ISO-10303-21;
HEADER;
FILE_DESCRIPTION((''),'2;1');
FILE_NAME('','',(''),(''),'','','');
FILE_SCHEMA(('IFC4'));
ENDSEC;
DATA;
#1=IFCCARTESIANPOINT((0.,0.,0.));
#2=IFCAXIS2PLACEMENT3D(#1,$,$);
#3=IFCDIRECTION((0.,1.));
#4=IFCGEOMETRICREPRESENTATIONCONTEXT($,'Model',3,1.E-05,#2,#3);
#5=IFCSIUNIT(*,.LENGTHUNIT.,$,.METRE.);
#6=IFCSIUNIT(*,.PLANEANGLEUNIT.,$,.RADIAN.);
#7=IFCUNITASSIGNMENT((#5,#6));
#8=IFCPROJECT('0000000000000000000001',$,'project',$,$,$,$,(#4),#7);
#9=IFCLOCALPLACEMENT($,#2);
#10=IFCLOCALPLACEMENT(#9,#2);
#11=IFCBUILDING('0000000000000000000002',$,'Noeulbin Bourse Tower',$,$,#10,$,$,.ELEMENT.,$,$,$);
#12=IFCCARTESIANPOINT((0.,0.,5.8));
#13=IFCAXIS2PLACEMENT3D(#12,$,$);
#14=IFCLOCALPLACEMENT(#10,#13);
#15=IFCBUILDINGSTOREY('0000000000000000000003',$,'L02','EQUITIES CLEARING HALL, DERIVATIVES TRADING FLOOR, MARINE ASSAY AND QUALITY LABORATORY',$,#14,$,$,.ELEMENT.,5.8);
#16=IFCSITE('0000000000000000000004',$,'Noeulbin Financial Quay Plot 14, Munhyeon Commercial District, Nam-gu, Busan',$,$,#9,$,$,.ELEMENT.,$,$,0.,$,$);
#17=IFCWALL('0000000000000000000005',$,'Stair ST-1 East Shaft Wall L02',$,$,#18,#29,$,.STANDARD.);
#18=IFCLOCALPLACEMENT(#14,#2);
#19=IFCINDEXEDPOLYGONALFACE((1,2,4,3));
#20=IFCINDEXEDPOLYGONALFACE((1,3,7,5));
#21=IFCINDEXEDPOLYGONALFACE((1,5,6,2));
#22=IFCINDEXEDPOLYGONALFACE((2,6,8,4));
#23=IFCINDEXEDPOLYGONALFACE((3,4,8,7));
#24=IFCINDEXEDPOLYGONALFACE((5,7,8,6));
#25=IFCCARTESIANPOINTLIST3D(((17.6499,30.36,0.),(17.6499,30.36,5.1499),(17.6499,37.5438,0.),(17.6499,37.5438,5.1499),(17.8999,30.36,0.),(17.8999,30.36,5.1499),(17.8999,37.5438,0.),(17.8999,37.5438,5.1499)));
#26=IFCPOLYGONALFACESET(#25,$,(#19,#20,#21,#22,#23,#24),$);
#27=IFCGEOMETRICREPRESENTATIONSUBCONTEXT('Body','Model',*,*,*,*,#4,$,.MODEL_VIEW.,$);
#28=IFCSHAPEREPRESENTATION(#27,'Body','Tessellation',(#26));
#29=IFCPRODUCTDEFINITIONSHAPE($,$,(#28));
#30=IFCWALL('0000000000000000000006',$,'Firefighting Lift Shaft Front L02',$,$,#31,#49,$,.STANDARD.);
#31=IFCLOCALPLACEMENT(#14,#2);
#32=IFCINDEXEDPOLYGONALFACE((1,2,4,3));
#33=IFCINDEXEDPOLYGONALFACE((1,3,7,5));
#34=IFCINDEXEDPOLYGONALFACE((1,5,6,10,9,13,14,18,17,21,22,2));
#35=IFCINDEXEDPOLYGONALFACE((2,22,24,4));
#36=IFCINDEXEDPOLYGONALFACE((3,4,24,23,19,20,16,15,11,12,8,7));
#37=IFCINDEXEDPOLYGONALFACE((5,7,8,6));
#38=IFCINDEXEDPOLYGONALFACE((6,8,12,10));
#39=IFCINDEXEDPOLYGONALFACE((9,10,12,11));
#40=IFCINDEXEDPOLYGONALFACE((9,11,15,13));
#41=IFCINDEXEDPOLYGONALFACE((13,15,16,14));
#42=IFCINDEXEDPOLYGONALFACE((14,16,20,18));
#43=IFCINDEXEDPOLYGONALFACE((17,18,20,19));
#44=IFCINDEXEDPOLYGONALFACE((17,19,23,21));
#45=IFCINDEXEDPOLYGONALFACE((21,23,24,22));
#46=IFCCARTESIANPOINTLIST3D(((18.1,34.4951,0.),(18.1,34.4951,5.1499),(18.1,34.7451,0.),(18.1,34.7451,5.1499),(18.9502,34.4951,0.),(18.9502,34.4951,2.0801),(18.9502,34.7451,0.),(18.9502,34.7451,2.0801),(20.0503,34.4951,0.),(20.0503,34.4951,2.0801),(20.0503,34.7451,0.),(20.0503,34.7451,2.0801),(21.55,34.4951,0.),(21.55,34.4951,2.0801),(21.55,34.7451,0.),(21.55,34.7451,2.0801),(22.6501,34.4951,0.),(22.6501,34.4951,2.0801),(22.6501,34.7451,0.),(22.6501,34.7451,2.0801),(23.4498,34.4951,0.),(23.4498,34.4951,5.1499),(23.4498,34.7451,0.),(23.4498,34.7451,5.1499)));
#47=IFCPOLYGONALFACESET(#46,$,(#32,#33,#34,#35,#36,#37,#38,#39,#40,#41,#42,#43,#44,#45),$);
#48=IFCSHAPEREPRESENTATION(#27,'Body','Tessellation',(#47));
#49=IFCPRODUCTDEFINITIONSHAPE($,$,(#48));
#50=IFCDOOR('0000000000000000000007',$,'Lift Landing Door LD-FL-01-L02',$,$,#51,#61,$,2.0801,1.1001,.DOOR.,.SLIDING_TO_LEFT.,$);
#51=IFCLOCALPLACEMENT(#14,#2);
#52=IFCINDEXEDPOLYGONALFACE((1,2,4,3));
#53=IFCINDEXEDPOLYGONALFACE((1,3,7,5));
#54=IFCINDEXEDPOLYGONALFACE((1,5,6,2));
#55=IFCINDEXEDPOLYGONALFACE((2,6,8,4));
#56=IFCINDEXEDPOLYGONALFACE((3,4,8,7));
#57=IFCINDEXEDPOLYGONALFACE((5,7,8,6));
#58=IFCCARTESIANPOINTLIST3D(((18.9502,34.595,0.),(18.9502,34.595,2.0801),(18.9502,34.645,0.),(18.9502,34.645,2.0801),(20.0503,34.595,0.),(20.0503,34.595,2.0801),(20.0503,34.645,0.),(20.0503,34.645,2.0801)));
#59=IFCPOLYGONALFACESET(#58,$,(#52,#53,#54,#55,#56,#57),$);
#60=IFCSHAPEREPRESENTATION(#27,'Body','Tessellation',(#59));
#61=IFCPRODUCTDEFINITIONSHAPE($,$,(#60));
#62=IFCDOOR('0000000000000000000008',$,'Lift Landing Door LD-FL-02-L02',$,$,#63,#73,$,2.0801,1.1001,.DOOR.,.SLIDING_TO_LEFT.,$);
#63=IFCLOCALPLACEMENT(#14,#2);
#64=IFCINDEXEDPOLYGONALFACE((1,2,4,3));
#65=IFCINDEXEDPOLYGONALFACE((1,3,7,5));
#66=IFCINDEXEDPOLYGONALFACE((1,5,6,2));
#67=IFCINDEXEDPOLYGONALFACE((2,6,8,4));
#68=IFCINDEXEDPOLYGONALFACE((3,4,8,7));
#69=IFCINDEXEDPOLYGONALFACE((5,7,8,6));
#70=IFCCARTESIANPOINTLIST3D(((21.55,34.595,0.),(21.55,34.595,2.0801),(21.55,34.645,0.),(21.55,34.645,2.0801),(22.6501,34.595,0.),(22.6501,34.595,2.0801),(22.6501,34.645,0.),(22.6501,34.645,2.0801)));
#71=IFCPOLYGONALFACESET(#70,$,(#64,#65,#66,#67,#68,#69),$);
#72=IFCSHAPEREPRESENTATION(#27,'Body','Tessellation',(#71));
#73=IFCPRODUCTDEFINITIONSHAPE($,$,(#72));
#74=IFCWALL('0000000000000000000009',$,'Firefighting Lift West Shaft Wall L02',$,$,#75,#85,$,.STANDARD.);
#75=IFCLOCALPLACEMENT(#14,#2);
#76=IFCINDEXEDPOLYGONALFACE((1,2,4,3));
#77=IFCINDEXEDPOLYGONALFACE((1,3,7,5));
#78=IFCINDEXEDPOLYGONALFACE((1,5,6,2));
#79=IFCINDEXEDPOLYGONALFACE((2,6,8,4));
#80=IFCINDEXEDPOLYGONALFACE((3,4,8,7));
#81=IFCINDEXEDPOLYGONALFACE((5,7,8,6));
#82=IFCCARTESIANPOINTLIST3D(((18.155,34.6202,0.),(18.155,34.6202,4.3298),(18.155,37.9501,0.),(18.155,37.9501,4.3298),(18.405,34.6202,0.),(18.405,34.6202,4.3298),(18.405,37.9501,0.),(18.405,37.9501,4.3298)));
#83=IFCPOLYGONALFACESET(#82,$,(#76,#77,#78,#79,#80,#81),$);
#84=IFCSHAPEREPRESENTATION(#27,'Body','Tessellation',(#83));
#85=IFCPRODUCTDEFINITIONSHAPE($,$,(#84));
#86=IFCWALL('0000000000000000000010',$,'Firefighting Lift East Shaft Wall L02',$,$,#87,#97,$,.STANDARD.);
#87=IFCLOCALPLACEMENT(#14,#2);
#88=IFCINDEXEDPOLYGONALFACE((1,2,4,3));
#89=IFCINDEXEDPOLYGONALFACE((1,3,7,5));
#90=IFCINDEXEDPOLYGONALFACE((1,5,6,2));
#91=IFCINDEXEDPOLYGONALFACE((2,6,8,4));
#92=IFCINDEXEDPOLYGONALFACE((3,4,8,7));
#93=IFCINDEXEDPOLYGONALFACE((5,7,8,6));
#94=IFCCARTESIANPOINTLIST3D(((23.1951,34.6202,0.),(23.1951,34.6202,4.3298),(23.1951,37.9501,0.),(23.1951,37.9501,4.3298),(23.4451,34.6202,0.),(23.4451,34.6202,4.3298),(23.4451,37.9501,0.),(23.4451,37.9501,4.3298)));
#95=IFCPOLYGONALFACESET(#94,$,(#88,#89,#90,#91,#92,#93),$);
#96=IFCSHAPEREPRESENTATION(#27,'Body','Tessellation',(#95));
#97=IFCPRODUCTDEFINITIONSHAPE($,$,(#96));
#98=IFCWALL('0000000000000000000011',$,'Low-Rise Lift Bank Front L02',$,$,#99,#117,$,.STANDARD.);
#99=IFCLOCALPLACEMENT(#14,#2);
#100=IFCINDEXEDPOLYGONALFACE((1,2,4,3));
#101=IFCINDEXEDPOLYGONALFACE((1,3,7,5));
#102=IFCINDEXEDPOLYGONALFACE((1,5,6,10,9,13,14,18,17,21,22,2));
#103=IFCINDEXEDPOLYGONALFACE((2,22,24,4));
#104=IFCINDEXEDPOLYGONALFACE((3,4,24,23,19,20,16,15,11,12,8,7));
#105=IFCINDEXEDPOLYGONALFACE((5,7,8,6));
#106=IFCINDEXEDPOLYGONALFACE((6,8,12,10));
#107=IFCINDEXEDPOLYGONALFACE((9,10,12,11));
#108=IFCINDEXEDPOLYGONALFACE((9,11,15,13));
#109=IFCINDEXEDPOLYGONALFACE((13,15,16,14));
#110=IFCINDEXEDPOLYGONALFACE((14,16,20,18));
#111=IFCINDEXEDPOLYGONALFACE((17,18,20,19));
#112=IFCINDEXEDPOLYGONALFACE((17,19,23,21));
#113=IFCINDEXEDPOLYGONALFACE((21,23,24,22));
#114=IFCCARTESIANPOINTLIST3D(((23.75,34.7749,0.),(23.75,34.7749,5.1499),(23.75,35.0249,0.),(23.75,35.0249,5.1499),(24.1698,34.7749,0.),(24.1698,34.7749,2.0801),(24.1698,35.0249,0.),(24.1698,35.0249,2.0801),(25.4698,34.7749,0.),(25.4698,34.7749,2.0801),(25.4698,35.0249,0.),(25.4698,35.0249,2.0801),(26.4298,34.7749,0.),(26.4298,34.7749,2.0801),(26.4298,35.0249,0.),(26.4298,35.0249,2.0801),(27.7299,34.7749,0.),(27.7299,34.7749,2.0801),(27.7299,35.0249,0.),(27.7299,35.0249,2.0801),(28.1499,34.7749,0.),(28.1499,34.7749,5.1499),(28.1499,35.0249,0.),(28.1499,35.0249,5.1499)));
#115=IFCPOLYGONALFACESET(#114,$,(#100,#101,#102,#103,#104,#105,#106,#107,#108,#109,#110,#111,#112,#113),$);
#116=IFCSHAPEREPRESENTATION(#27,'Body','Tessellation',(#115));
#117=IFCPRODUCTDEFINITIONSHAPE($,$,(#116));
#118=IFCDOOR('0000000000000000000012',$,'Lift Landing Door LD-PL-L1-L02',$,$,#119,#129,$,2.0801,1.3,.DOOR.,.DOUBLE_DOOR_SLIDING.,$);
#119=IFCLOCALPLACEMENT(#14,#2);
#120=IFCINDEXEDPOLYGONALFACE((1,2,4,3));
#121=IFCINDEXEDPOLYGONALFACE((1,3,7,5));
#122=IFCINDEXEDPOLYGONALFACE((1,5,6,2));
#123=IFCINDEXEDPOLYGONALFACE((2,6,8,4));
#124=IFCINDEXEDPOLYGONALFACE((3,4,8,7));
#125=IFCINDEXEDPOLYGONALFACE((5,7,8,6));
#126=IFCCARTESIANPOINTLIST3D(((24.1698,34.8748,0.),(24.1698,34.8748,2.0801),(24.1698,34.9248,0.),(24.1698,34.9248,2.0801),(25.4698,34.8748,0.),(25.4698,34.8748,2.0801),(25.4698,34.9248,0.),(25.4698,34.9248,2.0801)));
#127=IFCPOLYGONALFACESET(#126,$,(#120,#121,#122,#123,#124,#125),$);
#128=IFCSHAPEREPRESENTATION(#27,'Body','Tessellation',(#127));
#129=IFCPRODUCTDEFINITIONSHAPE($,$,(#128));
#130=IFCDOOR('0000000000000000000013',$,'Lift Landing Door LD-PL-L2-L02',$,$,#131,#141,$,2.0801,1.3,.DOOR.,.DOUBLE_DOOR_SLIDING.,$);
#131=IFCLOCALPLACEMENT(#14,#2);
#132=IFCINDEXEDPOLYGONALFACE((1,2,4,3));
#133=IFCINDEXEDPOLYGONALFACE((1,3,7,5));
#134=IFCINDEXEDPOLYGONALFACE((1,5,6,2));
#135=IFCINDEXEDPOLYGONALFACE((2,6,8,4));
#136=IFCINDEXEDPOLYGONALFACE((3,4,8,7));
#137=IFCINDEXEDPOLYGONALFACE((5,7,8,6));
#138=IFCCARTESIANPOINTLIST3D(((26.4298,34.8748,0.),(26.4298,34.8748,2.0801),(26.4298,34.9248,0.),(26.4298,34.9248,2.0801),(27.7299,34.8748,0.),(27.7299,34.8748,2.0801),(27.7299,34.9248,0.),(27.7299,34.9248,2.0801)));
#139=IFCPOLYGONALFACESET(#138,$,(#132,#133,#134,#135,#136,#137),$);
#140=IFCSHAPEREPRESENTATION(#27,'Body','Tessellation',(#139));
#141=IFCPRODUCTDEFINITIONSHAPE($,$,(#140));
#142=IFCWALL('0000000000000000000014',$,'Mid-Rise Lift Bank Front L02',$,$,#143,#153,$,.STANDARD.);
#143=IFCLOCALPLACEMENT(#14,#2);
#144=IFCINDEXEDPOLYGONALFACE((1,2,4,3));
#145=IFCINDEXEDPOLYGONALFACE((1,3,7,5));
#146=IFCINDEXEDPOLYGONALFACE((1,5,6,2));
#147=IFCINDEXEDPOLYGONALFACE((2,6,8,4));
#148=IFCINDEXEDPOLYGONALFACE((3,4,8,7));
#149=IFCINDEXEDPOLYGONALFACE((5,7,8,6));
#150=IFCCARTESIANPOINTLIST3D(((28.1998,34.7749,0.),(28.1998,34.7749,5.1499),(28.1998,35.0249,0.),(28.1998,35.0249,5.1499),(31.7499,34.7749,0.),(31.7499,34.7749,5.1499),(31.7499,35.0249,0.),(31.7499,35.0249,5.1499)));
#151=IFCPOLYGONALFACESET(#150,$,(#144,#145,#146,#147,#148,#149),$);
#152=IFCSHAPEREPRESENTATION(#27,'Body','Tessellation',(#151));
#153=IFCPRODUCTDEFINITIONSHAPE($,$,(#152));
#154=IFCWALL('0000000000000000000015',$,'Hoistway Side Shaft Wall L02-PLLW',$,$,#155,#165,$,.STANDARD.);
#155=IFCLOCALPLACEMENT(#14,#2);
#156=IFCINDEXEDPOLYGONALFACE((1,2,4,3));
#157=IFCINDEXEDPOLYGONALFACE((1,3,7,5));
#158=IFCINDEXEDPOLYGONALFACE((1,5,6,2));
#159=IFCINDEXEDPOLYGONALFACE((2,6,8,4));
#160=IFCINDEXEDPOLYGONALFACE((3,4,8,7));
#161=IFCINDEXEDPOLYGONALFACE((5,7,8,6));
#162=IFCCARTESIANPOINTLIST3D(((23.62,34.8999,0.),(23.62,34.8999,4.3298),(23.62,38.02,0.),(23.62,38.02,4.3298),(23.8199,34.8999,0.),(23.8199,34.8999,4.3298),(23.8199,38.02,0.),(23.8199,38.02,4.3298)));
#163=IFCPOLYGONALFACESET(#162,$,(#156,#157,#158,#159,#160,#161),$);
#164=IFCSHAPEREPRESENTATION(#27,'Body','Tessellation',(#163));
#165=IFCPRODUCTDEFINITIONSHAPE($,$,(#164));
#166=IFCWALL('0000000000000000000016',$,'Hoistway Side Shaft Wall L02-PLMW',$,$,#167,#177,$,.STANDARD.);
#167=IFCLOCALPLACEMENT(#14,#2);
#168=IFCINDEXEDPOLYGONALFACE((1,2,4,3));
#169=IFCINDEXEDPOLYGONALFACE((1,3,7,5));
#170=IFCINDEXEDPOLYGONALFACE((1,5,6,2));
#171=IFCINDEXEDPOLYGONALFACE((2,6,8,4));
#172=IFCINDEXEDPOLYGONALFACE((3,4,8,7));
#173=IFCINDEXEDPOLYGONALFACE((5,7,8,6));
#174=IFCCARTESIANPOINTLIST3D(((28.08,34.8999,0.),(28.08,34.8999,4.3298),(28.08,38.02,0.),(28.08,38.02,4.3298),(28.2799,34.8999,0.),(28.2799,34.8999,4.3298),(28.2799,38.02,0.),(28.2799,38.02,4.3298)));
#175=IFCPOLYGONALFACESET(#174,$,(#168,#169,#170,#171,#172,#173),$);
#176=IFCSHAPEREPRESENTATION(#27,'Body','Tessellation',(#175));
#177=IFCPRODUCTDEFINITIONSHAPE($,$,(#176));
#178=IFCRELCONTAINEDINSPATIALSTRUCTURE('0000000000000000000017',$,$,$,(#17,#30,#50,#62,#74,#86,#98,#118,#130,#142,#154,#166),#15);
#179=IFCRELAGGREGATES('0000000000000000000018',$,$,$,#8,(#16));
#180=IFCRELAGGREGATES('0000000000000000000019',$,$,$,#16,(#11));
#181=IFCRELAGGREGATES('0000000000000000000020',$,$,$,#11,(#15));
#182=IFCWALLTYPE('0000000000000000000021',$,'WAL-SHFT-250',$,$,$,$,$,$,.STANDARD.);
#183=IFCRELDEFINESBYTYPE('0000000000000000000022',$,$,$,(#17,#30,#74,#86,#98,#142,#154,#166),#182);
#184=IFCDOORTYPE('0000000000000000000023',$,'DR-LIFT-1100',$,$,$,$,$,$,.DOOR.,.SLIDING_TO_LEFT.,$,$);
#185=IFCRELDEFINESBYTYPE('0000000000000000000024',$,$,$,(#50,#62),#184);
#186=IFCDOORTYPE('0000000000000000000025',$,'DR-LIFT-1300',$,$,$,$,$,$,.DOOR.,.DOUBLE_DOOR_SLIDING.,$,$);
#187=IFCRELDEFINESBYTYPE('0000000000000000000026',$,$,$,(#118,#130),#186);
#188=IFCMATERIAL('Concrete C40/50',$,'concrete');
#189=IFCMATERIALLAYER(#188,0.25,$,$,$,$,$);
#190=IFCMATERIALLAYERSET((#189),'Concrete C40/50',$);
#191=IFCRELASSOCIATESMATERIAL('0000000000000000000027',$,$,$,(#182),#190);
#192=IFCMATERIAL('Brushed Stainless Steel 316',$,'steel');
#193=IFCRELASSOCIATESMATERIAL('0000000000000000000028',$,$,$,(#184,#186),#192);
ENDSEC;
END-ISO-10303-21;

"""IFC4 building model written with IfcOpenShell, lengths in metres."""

from ifc_helpers import new_model, si_unit, direction, frame, frame_2d, origin, place, context, subcontext, project, spatial, rectangle, extrude, material, layer, layer_set, type_object, element, fill, save


model = new_model("IFC4")

# Units and contexts
model_context = context("Model", 3, precision=1e-05, world=origin(), true_north=direction((0.0, 1.0)))
body_context = subcontext(model_context, "Body", "Model", "MODEL_VIEW")
ifc_project = project(units=[si_unit("LENGTHUNIT", "METRE"), si_unit("PLANEANGLEUNIT", "RADIAN")], contexts=[model_context])

# Site, building, storey
site_placement = place(None, origin())
site = spatial("IfcSite", under=ifc_project, at=site_placement, Name="Noeulbin Financial Quay Plot 14, Munhyeon Commercial District, Nam-gu, Busan", CompositionType="ELEMENT", RefElevation=0.0)
building_placement = place(site_placement, origin())
building = spatial("IfcBuilding", under=site, at=building_placement, Name="Noeulbin Bourse Tower", CompositionType="ELEMENT")
storey_placement = place(building_placement, frame((0.0, 0.0, 5.8)))
storey = spatial("IfcBuildingStorey", under=building, at=storey_placement, Name="L02", Description="EQUITIES CLEARING HALL, DERIVATIVES TRADING FLOOR, MARINE ASSAY AND QUALITY LABORATORY", CompositionType="ELEMENT", Elevation=5.8)

# Wall
ifc_material_1 = material(Name="Concrete C40/50", Category="concrete")
ifc_layer_1 = layer(ifc_material_1, 0.25)
ifc_layer_set_1 = layer_set([ifc_layer_1], Name="Concrete C40/50")
wall_type_1 = type_object("IfcWallType", Name="WAL-SHFT-250", PredefinedType="STANDARD", material=ifc_layer_set_1)
wall_1_placement = place(storey_placement, frame((17.7749, 30.3601, 0.0), z_axis=(0.0, 0.0, 1.0), x_axis=(0.0, 1.0, 0.0)))
element("IfcWall", 1, at=wall_1_placement, inside=storey, type_object=wall_type_1, Name="Stair ST-1 East Shaft Wall L02", PredefinedType="STANDARD", context=body_context, shape_type="SweptSolid", body=[
    extrude(rectangle(XDim=7.1838, YDim=0.25, at=frame_2d((3.5918, 0.0))), origin(), (0.0, 0.0, 1.0), 5.1499),
])

# Wall, openings, doors
wall_2_placement = place(storey_placement, frame((18.1001, 34.6201, 0.0), z_axis=(0.0, 0.0, 1.0), x_axis=(1.0, 0.0, 0.0)))
wall_2 = element("IfcWall", 2, at=wall_2_placement, inside=storey, type_object=wall_type_1, Name="Firefighting Lift Shaft Front L02", PredefinedType="STANDARD", context=body_context, shape_type="SweptSolid", body=[
    extrude(rectangle(XDim=5.3499, YDim=0.25, at=frame_2d((2.6748, 0.0))), origin(), (0.0, 0.0, 1.0), 5.1499),
])
opening_1_placement = place(wall_2_placement, frame((0.8501, 0.0, 0.0)))
opening_1 = element("IfcOpeningElement", 3, at=opening_1_placement, cuts=wall_2, PredefinedType="OPENING", context=body_context, shape_type="SweptSolid", body=[
    extrude(rectangle(XDim=1.1001, YDim=2.0801, at=frame_2d((0.55, 1.04))), frame((0.0, 0.135, 0.0), z_axis=(0.0, -1.0, 0.0), x_axis=(1.0, 0.0, 0.0)), (0.0, 0.0, 1.0), 0.27),
])
opening_2_placement = place(wall_2_placement, frame((3.45, 0.0, 0.0)))
opening_2 = element("IfcOpeningElement", 4, at=opening_2_placement, cuts=wall_2, PredefinedType="OPENING", context=body_context, shape_type="SweptSolid", body=[
    extrude(rectangle(XDim=1.1001, YDim=2.0801, at=frame_2d((0.55, 1.04))), frame((0.0, 0.135, 0.0), z_axis=(0.0, -1.0, 0.0), x_axis=(1.0, 0.0, 0.0)), (0.0, 0.0, 1.0), 0.27),
])
ifc_material_2 = material(Name="Brushed Stainless Steel 316", Category="steel")
door_type_1 = type_object("IfcDoorType", Name="DR-LIFT-1100", OperationType="SLIDING_TO_LEFT", PredefinedType="DOOR", material=ifc_material_2)
door_1_placement = place(opening_1_placement, origin())
door_1 = element("IfcDoor", 5, at=door_1_placement, inside=storey, type_object=door_type_1, Name="Lift Landing Door LD-FL-01-L02", OperationType="SLIDING_TO_LEFT", OverallHeight=2.0801, OverallWidth=1.1001, PredefinedType="DOOR", context=body_context, shape_type="SweptSolid", body=[
    extrude(rectangle(XDim=1.1001, YDim=2.0801, at=frame_2d((0.55, 1.04))), frame((0.0, 0.0249, 0.0), z_axis=(0.0, -1.0, 0.0), x_axis=(1.0, 0.0, 0.0)), (0.0, 0.0, 1.0), 0.05),
])
fill(opening_1, door_1)
door_2_placement = place(opening_2_placement, origin())
door_2 = element("IfcDoor", 6, at=door_2_placement, inside=storey, type_object=door_type_1, Name="Lift Landing Door LD-FL-02-L02", OperationType="SLIDING_TO_LEFT", OverallHeight=2.0801, OverallWidth=1.1001, PredefinedType="DOOR", context=body_context, shape_type="SweptSolid", body=[
    extrude(rectangle(XDim=1.1001, YDim=2.0801, at=frame_2d((0.55, 1.04))), frame((0.0, 0.0249, 0.0), z_axis=(0.0, -1.0, 0.0), x_axis=(1.0, 0.0, 0.0)), (0.0, 0.0, 1.0), 0.05),
])
fill(opening_2, door_2)

# Walls
for number, where, z_axis, x_axis, name in (
    (7, (18.28, 34.6201, 0.0), (0.0, 0.0, 1.0), (0.0, 1.0, 0.0), "Firefighting Lift West Shaft Wall L02"),
    (8, (23.3201, 34.6201, 0.0), (0.0, 0.0, 1.0), (0.0, 1.0, 0.0), "Firefighting Lift East Shaft Wall L02"),
):
    element("IfcWall", number, at=place(storey_placement, frame(where, z_axis=z_axis, x_axis=x_axis)), inside=storey, type_object=wall_type_1, Name=name, PredefinedType="STANDARD", context=body_context, shape_type="SweptSolid", body=[
        extrude(rectangle(XDim=3.3298, YDim=0.25, at=frame_2d((1.665, 0.0))), origin(), (0.0, 0.0, 1.0), 4.3298),
    ])

# Wall, openings, doors
wall_3_placement = place(storey_placement, frame((23.75, 34.8999, 0.0), z_axis=(0.0, 0.0, 1.0), x_axis=(1.0, 0.0, 0.0)))
wall_3 = element("IfcWall", 9, at=wall_3_placement, inside=storey, type_object=wall_type_1, Name="Low-Rise Lift Bank Front L02", PredefinedType="STANDARD", context=body_context, shape_type="SweptSolid", body=[
    extrude(rectangle(XDim=4.3999, YDim=0.25, at=frame_2d((2.2, 0.0))), origin(), (0.0, 0.0, 1.0), 5.1499),
])
opening_3_placement = place(wall_3_placement, frame((0.4199, 0.0, 0.0)))
opening_3 = element("IfcOpeningElement", 10, at=opening_3_placement, cuts=wall_3, PredefinedType="OPENING", context=body_context, shape_type="SweptSolid", body=[
    extrude(rectangle(XDim=1.3, YDim=2.0801, at=frame_2d((0.6499, 1.04))), frame((0.0, 0.135, 0.0), z_axis=(0.0, -1.0, 0.0), x_axis=(1.0, 0.0, 0.0)), (0.0, 0.0, 1.0), 0.27),
])
opening_4_placement = place(wall_3_placement, frame((2.6799, 0.0, 0.0)))
opening_4 = element("IfcOpeningElement", 11, at=opening_4_placement, cuts=wall_3, PredefinedType="OPENING", context=body_context, shape_type="SweptSolid", body=[
    extrude(rectangle(XDim=1.3, YDim=2.0801, at=frame_2d((0.6499, 1.04))), frame((0.0, 0.135, 0.0), z_axis=(0.0, -1.0, 0.0), x_axis=(1.0, 0.0, 0.0)), (0.0, 0.0, 1.0), 0.27),
])
door_type_2 = type_object("IfcDoorType", Name="DR-LIFT-1300", OperationType="DOUBLE_DOOR_SLIDING", PredefinedType="DOOR", material=ifc_material_2)
door_3_placement = place(opening_3_placement, origin())
door_3 = element("IfcDoor", 12, at=door_3_placement, inside=storey, type_object=door_type_2, Name="Lift Landing Door LD-PL-L1-L02", OperationType="DOUBLE_DOOR_SLIDING", OverallHeight=2.0801, OverallWidth=1.3, PredefinedType="DOOR", context=body_context, shape_type="SweptSolid", body=[
    extrude(rectangle(XDim=1.3, YDim=2.0801, at=frame_2d((0.6499, 1.04))), frame((0.0, 0.0249, 0.0), z_axis=(0.0, -1.0, 0.0), x_axis=(1.0, 0.0, 0.0)), (0.0, 0.0, 1.0), 0.05),
])
fill(opening_3, door_3)
door_4_placement = place(opening_4_placement, origin())
door_4 = element("IfcDoor", 13, at=door_4_placement, inside=storey, type_object=door_type_2, Name="Lift Landing Door LD-PL-L2-L02", OperationType="DOUBLE_DOOR_SLIDING", OverallHeight=2.0801, OverallWidth=1.3, PredefinedType="DOOR", context=body_context, shape_type="SweptSolid", body=[
    extrude(rectangle(XDim=1.3, YDim=2.0801, at=frame_2d((0.6499, 1.04))), frame((0.0, 0.0249, 0.0), z_axis=(0.0, -1.0, 0.0), x_axis=(1.0, 0.0, 0.0)), (0.0, 0.0, 1.0), 0.05),
])
fill(opening_4, door_4)

# Walls
wall_4_placement = place(storey_placement, frame((28.2, 34.8999, 0.0), z_axis=(0.0, 0.0, 1.0), x_axis=(1.0, 0.0, 0.0)))
element("IfcWall", 14, at=wall_4_placement, inside=storey, type_object=wall_type_1, Name="Mid-Rise Lift Bank Front L02", PredefinedType="STANDARD", context=body_context, shape_type="SweptSolid", body=[
    extrude(rectangle(XDim=3.55, YDim=0.25, at=frame_2d((1.7749, 0.0))), origin(), (0.0, 0.0, 1.0), 5.1499),
])
for number, where, z_axis, x_axis, name in (
    (15, (23.72, 34.8999, 0.0), (0.0, 0.0, 1.0), (0.0, 1.0, 0.0), "Hoistway Side Shaft Wall L02-PLLW"),
    (16, (28.1799, 34.8999, 0.0), (0.0, 0.0, 1.0), (0.0, 1.0, 0.0), "Hoistway Side Shaft Wall L02-PLMW"),
):
    element("IfcWall", number, at=place(storey_placement, frame(where, z_axis=z_axis, x_axis=x_axis)), inside=storey, type_object=wall_type_1, Name=name, PredefinedType="STANDARD", context=body_context, shape_type="SweptSolid", body=[
        extrude(rectangle(XDim=3.1201, YDim=0.2, at=frame_2d((1.5601, 0.0))), origin(), (0.0, 0.0, 1.0), 4.3298),
    ])

save(model, "model.ifc")
